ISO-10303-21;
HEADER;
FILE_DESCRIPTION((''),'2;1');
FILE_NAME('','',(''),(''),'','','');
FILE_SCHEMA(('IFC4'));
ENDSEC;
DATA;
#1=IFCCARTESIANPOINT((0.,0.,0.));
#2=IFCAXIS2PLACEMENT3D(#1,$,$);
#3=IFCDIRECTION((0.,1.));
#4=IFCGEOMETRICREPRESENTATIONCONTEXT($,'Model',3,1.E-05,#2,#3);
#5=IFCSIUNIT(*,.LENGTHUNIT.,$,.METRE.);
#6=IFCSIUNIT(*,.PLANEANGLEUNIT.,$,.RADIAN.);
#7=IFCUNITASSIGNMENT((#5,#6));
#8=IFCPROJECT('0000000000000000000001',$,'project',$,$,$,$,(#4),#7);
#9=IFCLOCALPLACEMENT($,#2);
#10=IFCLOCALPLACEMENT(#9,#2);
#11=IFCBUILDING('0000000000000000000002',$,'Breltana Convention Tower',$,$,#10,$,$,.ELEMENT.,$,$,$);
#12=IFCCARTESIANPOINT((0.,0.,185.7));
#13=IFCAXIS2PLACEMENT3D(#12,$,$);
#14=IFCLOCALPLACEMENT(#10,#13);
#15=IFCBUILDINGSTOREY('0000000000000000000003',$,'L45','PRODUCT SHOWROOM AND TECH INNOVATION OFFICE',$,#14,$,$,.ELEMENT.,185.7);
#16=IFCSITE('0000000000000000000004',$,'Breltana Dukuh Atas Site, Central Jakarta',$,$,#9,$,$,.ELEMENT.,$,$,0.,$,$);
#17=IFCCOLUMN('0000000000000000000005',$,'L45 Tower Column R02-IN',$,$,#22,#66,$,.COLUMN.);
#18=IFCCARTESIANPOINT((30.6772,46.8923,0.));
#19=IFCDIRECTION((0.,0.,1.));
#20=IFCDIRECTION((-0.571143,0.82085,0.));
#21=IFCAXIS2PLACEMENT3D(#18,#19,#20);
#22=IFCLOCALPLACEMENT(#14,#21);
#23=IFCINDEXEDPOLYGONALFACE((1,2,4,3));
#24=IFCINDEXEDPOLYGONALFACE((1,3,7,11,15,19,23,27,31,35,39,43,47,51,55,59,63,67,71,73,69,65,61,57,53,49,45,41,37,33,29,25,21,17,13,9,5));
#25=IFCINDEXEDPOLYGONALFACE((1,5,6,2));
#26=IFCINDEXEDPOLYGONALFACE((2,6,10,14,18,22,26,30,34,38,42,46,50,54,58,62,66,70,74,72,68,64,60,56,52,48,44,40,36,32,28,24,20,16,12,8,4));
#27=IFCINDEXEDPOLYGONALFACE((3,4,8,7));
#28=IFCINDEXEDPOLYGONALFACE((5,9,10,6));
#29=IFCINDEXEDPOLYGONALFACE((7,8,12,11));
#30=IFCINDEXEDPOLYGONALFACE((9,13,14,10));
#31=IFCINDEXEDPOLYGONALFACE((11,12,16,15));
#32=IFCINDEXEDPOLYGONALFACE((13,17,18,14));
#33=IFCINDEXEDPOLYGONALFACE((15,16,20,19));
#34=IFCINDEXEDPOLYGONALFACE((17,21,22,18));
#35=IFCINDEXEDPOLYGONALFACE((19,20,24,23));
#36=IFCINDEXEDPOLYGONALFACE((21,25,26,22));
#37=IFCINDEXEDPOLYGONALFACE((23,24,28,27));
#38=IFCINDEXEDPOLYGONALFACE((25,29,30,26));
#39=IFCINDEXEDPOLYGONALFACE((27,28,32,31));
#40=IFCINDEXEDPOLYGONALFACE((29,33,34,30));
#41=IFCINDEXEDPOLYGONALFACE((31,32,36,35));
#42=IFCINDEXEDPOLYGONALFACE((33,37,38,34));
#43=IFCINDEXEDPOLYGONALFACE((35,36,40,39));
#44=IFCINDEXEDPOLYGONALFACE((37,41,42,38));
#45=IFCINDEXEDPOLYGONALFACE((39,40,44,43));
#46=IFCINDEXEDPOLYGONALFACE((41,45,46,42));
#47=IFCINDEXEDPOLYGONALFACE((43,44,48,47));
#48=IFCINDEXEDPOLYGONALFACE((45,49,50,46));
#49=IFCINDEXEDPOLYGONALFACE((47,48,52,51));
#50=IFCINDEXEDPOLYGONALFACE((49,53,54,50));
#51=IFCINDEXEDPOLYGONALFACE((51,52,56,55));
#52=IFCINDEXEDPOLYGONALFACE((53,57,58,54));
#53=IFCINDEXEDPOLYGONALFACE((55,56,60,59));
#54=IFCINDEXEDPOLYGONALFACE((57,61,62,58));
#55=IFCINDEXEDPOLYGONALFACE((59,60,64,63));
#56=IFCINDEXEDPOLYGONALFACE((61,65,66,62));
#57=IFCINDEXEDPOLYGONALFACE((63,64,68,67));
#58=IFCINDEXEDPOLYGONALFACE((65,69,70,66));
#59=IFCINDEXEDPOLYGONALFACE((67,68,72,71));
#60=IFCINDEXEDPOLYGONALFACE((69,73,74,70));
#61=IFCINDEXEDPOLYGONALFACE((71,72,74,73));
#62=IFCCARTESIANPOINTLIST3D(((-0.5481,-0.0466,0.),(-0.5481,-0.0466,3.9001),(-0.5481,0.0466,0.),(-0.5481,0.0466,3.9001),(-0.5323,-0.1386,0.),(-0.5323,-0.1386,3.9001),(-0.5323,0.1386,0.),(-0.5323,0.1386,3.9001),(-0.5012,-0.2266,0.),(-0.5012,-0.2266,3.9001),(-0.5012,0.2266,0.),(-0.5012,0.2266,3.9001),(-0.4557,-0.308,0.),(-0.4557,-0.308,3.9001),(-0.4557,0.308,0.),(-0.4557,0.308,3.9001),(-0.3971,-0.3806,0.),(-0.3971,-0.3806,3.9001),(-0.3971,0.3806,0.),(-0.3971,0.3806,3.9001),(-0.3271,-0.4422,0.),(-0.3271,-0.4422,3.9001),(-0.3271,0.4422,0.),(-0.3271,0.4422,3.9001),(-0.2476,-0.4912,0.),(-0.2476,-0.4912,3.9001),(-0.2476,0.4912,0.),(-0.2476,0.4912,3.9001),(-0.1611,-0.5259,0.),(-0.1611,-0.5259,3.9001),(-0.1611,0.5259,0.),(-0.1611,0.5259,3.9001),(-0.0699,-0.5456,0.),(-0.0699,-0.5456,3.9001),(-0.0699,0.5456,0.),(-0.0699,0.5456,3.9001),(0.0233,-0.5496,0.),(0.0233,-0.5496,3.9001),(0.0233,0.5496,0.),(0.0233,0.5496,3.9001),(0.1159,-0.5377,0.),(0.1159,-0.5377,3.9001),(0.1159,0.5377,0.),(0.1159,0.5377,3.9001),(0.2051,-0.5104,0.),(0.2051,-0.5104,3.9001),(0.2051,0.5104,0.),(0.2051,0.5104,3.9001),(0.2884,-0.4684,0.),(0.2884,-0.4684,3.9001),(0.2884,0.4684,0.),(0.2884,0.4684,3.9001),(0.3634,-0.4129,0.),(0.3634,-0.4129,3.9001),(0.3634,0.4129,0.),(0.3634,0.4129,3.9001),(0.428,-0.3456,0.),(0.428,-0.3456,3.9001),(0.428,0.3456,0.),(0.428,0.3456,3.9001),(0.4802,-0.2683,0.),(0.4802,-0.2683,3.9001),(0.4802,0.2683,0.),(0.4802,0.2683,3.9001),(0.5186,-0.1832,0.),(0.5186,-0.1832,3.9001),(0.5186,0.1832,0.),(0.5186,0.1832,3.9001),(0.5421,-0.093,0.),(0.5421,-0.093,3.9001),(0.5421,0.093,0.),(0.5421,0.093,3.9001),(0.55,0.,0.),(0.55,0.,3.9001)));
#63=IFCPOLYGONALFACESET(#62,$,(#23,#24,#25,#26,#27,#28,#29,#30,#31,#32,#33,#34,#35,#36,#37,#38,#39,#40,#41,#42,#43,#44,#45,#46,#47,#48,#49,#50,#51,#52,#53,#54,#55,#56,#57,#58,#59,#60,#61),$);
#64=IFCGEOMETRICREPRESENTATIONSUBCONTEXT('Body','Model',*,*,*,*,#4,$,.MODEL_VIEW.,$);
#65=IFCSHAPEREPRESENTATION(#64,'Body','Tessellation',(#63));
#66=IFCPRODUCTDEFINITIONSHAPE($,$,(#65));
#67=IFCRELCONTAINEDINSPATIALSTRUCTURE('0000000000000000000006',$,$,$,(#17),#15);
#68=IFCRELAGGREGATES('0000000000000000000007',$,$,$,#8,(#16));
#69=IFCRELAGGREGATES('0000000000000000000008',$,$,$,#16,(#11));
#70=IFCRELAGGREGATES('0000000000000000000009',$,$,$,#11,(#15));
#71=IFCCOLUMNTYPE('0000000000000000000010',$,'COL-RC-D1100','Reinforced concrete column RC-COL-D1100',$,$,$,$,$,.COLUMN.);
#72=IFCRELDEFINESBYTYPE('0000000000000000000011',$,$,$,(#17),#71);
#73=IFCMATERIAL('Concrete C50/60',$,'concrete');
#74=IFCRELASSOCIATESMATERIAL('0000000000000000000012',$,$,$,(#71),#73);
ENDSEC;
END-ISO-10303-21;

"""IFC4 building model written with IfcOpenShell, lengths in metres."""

from ifc_helpers import new_model, si_unit, direction, frame, origin, origin_2d, place, context, subcontext, project, spatial, circle, extrude, source, transform, mapped, material, material_profile, profile_set, type_object, element, save


model = new_model("IFC4")

# Units and contexts
model_context = context("Model", 3, precision=1e-05, world=origin(), true_north=direction((0.0, 1.0)))
body_context = subcontext(model_context, "Body", "Model", "MODEL_VIEW")
ifc_project = project(units=[si_unit("LENGTHUNIT", "METRE"), si_unit("PLANEANGLEUNIT", "RADIAN")], contexts=[model_context])

# Site, building, storey
site_placement = place(None, origin())
site = spatial("IfcSite", under=ifc_project, at=site_placement, Name="Breltana Dukuh Atas Site, Central Jakarta", CompositionType="ELEMENT", RefElevation=0.0)
building_placement = place(site_placement, origin())
building = spatial("IfcBuilding", under=site, at=building_placement, Name="Breltana Convention Tower", CompositionType="ELEMENT")
storey_placement = place(building_placement, frame((0.0, 0.0, 185.7)))
storey = spatial("IfcBuildingStorey", under=building, at=storey_placement, Name="L45", Description="PRODUCT SHOWROOM AND TECH INNOVATION OFFICE", CompositionType="ELEMENT", Elevation=185.7)

# Column
ifc_material_1 = material(Name="Concrete C50/60", Category="concrete")
ifc_material_profile_1 = material_profile(ifc_material_1, circle(Radius=0.55, at=origin_2d()), Name="RC-COL-D1100")
ifc_profile_set_1 = profile_set([ifc_material_profile_1], Name="Concrete C50/60")
column_type = type_object("IfcColumnType", Name="COL-RC-D1100", Description="Reinforced concrete column RC-COL-D1100", PredefinedType="COLUMN", material=ifc_profile_set_1)
shared_shape_1 = source(origin(), body_context, "Body", "SweptSolid", [
    extrude(circle(Radius=0.55, at=origin_2d()), origin(), (0.0, 0.0, 1.0), 3.9001),
])
for number, where, z_axis, x_axis, name in (
    (1, (30.6772, 46.8923, 0.0), (0.0, 0.0, 1.0), (-0.571143, 0.82085, 0.0), "L45 Tower Column R02-IN"),
):
    element("IfcColumn", number, at=place(storey_placement, frame(where, z_axis=z_axis, x_axis=x_axis)), inside=storey, type_object=column_type, Name=name, PredefinedType="COLUMN", context=body_context, shape_type="MappedRepresentation", body=[
        mapped(shared_shape_1, transform((0.0, 0.0, 0.0), scale=1.0)),
    ])

save(model, "model.ifc")
